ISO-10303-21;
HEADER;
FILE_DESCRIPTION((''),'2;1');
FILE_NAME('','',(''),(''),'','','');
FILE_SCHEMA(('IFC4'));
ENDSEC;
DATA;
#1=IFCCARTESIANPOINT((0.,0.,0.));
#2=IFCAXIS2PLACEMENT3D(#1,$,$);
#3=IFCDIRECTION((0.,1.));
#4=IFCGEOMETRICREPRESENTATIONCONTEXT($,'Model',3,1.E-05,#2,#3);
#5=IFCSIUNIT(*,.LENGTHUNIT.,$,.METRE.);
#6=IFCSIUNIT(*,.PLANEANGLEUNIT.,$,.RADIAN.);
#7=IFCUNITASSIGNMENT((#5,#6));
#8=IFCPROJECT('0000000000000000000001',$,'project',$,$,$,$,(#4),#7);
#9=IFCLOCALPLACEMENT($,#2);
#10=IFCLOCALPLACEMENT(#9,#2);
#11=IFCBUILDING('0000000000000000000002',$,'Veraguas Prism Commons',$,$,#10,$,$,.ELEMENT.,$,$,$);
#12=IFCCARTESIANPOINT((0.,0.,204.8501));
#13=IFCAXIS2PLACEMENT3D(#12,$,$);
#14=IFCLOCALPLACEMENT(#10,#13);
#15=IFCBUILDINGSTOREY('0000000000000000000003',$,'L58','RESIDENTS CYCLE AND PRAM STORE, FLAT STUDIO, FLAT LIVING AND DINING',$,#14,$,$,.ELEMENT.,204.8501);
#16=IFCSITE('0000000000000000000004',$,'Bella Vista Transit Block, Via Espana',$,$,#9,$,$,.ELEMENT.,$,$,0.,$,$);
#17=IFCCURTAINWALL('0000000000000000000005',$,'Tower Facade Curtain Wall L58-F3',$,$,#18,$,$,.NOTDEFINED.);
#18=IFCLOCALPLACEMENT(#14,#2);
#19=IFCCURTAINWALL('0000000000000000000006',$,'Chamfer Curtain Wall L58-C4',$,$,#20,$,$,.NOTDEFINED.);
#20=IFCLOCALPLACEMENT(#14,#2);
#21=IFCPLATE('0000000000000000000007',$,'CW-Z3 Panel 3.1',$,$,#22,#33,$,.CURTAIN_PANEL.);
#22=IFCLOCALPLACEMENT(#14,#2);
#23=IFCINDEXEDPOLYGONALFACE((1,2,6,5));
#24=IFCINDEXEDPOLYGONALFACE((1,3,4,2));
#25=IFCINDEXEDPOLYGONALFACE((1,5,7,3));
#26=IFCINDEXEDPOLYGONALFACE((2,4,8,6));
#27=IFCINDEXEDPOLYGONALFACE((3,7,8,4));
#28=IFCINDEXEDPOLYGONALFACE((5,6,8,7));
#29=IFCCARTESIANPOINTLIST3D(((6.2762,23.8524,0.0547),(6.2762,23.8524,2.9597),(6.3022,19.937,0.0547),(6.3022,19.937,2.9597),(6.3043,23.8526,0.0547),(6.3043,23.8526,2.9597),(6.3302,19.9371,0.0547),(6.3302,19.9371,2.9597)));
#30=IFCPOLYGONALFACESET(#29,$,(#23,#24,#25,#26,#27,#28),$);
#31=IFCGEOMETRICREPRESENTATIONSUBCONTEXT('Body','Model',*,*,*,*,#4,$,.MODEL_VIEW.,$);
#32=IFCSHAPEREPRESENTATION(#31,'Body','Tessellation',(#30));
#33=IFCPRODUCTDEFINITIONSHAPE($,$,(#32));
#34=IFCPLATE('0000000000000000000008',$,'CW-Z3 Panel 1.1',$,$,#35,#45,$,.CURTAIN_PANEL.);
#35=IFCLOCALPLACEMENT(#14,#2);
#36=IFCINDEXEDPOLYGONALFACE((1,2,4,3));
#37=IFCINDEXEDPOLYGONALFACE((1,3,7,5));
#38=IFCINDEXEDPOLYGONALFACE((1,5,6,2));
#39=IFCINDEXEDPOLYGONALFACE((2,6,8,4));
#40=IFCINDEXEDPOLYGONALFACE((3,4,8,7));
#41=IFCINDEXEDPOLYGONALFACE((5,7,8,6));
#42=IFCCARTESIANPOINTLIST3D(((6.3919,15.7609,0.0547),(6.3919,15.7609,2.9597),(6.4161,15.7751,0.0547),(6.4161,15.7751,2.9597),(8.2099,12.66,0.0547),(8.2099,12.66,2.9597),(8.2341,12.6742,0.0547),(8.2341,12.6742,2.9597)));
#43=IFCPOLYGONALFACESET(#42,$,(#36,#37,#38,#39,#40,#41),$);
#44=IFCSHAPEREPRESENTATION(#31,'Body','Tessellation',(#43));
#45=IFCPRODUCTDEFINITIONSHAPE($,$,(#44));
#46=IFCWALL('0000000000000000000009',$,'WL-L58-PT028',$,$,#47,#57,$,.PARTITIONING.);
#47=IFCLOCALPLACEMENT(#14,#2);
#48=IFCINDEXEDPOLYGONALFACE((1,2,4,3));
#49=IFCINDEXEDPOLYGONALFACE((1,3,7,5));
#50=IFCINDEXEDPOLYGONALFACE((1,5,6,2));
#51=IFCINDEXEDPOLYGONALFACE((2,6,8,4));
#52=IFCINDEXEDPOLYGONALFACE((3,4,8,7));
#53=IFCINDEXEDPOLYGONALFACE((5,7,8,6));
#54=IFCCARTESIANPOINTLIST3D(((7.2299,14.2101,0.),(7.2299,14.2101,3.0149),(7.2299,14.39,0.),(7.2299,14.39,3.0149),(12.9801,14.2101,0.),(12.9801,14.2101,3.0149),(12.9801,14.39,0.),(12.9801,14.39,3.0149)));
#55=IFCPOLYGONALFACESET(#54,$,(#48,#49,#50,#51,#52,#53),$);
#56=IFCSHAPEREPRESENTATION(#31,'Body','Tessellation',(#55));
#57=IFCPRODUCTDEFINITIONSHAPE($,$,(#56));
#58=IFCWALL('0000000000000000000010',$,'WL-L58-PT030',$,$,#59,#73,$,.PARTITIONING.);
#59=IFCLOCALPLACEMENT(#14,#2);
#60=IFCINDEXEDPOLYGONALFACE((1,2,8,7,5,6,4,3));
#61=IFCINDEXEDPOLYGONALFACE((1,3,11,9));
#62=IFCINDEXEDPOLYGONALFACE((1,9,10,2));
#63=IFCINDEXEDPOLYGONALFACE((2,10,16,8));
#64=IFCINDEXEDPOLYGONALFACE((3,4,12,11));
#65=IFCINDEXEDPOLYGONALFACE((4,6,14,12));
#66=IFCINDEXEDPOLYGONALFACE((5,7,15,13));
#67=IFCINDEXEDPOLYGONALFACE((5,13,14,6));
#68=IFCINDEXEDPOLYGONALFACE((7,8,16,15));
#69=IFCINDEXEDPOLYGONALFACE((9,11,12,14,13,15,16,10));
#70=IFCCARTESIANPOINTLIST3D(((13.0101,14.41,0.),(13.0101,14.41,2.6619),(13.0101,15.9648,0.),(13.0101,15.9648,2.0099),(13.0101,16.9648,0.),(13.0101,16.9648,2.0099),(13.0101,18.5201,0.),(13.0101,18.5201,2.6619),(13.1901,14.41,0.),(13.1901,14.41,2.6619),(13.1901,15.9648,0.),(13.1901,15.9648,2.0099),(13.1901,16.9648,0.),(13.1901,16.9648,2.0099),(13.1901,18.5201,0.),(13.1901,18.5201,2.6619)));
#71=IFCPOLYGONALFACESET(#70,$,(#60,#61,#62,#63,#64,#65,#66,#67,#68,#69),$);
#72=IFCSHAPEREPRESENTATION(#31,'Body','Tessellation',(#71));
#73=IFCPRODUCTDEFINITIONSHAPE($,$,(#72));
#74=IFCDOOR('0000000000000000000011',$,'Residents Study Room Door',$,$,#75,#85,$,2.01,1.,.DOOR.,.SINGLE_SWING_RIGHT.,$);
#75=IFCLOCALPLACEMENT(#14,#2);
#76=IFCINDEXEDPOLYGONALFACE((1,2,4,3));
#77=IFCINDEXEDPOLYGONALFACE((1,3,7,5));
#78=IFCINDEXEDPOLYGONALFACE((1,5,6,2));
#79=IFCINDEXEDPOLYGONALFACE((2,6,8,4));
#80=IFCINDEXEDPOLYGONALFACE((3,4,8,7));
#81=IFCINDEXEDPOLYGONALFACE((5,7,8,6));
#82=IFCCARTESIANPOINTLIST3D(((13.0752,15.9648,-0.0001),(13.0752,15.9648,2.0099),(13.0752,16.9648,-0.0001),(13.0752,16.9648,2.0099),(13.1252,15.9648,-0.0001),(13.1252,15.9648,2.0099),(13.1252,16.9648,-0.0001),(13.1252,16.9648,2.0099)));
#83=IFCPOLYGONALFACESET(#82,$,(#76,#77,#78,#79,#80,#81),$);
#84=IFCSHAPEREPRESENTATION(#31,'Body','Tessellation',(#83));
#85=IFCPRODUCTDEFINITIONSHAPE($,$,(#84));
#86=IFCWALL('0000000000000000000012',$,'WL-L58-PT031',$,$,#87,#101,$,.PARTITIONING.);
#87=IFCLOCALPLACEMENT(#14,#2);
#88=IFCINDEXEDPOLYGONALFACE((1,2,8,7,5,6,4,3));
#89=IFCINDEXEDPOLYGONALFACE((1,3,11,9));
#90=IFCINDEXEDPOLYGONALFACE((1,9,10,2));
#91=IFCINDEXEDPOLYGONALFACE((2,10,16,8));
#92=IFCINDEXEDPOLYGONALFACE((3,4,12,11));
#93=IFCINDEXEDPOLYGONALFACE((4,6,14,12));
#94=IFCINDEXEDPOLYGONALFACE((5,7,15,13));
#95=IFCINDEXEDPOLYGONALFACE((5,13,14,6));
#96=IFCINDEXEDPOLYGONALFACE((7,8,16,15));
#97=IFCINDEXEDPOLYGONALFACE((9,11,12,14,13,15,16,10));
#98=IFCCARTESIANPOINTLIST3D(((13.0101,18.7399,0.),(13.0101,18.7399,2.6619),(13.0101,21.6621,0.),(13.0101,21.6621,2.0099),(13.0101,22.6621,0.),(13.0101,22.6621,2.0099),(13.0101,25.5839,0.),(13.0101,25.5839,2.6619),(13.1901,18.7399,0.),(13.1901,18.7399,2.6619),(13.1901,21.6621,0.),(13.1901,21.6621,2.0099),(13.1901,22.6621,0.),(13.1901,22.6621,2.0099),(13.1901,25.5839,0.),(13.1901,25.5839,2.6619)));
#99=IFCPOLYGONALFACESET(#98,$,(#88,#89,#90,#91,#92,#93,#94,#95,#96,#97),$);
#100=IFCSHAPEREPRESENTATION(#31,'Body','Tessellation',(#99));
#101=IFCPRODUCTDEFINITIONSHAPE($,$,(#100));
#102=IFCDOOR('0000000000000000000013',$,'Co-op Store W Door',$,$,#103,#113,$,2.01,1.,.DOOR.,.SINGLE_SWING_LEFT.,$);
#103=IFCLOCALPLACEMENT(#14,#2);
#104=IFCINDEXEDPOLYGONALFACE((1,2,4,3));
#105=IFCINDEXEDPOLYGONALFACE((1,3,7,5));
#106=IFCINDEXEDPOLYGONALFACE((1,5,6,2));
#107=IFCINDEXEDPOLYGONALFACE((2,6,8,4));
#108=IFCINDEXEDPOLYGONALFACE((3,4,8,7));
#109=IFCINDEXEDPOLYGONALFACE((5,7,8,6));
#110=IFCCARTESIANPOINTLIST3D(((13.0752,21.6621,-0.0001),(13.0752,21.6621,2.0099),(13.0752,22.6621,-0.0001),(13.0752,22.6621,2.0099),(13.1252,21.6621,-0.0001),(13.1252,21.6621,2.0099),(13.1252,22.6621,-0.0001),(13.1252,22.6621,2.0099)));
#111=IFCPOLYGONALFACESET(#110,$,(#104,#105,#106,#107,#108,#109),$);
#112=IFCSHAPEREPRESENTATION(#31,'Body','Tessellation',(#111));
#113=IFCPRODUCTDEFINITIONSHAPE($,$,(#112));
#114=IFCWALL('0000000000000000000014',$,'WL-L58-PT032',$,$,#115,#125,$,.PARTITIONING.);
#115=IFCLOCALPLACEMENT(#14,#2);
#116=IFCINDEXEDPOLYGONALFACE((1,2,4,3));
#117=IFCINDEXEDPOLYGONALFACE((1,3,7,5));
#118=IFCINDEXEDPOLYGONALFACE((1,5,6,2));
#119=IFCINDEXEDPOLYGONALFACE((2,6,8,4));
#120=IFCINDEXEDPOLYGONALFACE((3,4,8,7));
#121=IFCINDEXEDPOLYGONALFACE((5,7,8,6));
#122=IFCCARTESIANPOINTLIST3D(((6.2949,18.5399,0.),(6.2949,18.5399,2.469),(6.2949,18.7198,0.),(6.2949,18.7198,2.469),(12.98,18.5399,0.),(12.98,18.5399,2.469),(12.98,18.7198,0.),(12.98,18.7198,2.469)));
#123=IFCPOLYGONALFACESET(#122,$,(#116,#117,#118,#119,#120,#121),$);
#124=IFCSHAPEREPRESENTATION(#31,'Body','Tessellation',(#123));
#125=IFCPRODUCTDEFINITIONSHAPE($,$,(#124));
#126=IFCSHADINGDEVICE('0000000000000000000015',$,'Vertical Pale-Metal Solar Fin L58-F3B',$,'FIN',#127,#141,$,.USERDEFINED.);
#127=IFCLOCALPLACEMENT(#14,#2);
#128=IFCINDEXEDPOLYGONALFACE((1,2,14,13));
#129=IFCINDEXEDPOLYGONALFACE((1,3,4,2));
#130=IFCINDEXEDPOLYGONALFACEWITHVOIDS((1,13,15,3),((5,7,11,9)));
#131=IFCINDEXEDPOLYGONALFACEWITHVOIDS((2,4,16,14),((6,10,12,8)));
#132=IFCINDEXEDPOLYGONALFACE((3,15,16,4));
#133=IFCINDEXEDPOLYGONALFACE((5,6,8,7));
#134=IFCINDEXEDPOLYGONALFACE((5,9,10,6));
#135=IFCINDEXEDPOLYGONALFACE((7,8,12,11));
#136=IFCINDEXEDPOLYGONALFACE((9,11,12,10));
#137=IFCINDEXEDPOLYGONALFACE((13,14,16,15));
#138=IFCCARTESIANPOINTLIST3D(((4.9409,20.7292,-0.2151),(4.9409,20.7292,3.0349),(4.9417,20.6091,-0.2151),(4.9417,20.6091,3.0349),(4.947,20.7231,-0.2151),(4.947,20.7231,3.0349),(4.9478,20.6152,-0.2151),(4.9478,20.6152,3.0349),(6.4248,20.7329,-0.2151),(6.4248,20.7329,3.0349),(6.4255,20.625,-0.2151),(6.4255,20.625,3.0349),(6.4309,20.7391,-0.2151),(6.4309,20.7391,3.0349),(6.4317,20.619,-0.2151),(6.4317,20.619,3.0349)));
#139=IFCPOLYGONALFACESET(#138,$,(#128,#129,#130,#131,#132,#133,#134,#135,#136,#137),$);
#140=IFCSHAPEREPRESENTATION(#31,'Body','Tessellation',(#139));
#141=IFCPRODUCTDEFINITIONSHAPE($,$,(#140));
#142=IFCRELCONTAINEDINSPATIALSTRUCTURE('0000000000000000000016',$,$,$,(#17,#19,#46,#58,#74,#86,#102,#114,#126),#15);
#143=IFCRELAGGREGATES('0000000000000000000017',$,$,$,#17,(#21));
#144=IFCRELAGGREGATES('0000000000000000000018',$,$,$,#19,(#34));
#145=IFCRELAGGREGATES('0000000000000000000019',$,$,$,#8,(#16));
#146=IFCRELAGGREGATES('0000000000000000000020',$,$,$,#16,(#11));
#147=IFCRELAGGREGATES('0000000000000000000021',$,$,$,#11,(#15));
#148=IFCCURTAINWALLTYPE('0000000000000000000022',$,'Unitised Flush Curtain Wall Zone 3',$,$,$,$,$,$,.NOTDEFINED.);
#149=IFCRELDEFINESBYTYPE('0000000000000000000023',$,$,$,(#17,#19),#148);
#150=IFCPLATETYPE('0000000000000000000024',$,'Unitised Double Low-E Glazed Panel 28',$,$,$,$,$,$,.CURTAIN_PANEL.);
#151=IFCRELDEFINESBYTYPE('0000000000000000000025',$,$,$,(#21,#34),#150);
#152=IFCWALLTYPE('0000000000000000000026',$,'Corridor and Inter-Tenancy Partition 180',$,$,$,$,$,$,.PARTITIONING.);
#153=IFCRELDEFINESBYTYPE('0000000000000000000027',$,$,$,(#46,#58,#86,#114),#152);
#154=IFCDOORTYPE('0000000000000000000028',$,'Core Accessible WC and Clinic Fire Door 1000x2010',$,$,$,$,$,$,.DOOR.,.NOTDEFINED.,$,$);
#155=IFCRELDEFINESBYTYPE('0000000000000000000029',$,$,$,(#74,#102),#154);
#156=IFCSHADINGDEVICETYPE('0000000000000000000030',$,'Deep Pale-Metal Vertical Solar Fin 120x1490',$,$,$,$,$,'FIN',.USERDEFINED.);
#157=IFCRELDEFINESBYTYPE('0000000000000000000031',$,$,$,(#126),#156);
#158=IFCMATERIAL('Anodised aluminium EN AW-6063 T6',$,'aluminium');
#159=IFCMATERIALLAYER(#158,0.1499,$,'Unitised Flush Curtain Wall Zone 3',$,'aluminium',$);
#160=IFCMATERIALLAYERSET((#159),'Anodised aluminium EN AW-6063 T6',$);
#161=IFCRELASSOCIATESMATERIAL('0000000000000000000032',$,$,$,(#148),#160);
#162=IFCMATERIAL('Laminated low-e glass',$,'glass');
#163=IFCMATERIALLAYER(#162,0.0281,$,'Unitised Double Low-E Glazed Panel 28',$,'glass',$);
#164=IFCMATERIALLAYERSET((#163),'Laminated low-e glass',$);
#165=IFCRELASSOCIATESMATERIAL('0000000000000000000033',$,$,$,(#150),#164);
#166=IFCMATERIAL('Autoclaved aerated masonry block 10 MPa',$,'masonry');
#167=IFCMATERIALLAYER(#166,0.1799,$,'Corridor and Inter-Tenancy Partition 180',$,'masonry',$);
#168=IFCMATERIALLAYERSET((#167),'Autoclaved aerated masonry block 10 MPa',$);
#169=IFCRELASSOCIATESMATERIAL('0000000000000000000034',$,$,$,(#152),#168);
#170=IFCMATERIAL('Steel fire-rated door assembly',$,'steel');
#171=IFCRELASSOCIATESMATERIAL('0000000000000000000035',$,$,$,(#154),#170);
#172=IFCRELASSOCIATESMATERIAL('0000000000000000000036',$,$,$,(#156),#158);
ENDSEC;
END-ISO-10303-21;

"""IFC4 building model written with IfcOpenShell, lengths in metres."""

from ifc_helpers import new_model, si_unit, direction, frame, frame_2d, origin, origin_2d, place, context, subcontext, project, spatial, rectangle, hollow_rectangle, extrude, source, transform, mapped, material, layer, layer_set, material_profile, profile_set, type_object, element, fill, aggregate, save


model = new_model("IFC4")

# Units and contexts
model_context = context("Model", 3, precision=1e-05, world=origin(), true_north=direction((0.0, 1.0)))
body_context = subcontext(model_context, "Body", "Model", "MODEL_VIEW")
ifc_project = project(units=[si_unit("LENGTHUNIT", "METRE"), si_unit("PLANEANGLEUNIT", "RADIAN")], contexts=[model_context])

# Site, building, storey
site_placement = place(None, origin())
site = spatial("IfcSite", under=ifc_project, at=site_placement, Name="Bella Vista Transit Block, Via Espana", CompositionType="ELEMENT", RefElevation=0.0)
building_placement = place(site_placement, origin())
building = spatial("IfcBuilding", under=site, at=building_placement, Name="Veraguas Prism Commons", CompositionType="ELEMENT")
storey_placement = place(building_placement, frame((0.0, 0.0, 204.8501)))
storey = spatial("IfcBuildingStorey", under=building, at=storey_placement, Name="L58", Description="RESIDENTS CYCLE AND PRAM STORE, FLAT STUDIO, FLAT LIVING AND DINING", CompositionType="ELEMENT", Elevation=204.8501)

# Curtain walls
ifc_material_1 = material(Name="Anodised aluminium EN AW-6063 T6", Category="aluminium")
ifc_layer_1 = layer(ifc_material_1, 0.1499, Name="Unitised Flush Curtain Wall Zone 3", Category="aluminium")
ifc_layer_set_1 = layer_set([ifc_layer_1], Name="Anodised aluminium EN AW-6063 T6")
curtain_wall_type = type_object("IfcCurtainWallType", Name="Unitised Flush Curtain Wall Zone 3", PredefinedType="NOTDEFINED", material=ifc_layer_set_1)
curtain_wall_1_placement = place(storey_placement, origin())
curtain_wall_1 = element("IfcCurtainWall", 1, at=curtain_wall_1_placement, inside=storey, type_object=curtain_wall_type, Name="Tower Facade Curtain Wall L58-F3", PredefinedType="NOTDEFINED")
curtain_wall_2_placement = place(storey_placement, origin())
curtain_wall_2 = element("IfcCurtainWall", 2, at=curtain_wall_2_placement, inside=storey, type_object=curtain_wall_type, Name="Chamfer Curtain Wall L58-C4", PredefinedType="NOTDEFINED")

# Plates
ifc_material_2 = material(Name="Laminated low-e glass", Category="glass")
ifc_layer_2 = layer(ifc_material_2, 0.0281, Name="Unitised Double Low-E Glazed Panel 28", Category="glass")
ifc_layer_set_2 = layer_set([ifc_layer_2], Name="Laminated low-e glass")
plate_type = type_object("IfcPlateType", Name="Unitised Double Low-E Glazed Panel 28", PredefinedType="CURTAIN_PANEL", material=ifc_layer_set_2)
shared_shape_1 = source(origin(), body_context, "Body", "SweptSolid", [
    extrude(rectangle(XDim=3.9155, YDim=0.0281, at=origin_2d()), origin(), (0.0, 0.0, 1.0), 2.905),
])
plate_1_placement = place(storey_placement, frame((6.3032, 21.8948, 0.0547), z_axis=(0.0, 0.0, 1.0), x_axis=(0.006634, -0.999978, 0.0)))
plate_1 = element("IfcPlate", 3, at=plate_1_placement, type_object=plate_type, Name="CW-Z3 Panel 3.1", PredefinedType="CURTAIN_PANEL", context=body_context, shape_type="MappedRepresentation", body=[
    mapped(shared_shape_1, transform((0.0, 0.0, 0.0), scale=1.0)),
])
aggregate(curtain_wall_1, [plate_1])
shared_shape_2 = source(origin(), body_context, "Body", "SweptSolid", [
    extrude(rectangle(XDim=3.5945, YDim=0.0281, at=origin_2d()), origin(), (0.0, 0.0, 1.0), 2.905),
])
plate_2_placement = place(storey_placement, frame((7.313, 14.2175, 0.0547), z_axis=(0.0, 0.0, 1.0), x_axis=(0.505763, -0.862673, 0.0)))
plate_2 = element("IfcPlate", 4, at=plate_2_placement, type_object=plate_type, Name="CW-Z3 Panel 1.1", PredefinedType="CURTAIN_PANEL", context=body_context, shape_type="MappedRepresentation", body=[
    mapped(shared_shape_2, transform((0.0, 0.0, 0.0), scale=1.0)),
])
aggregate(curtain_wall_2, [plate_2])

# Wall
ifc_material_3 = material(Name="Autoclaved aerated masonry block 10 MPa", Category="masonry")
ifc_layer_3 = layer(ifc_material_3, 0.1799, Name="Corridor and Inter-Tenancy Partition 180", Category="masonry")
ifc_layer_set_3 = layer_set([ifc_layer_3], Name="Autoclaved aerated masonry block 10 MPa")
wall_type = type_object("IfcWallType", Name="Corridor and Inter-Tenancy Partition 180", PredefinedType="PARTITIONING", material=ifc_layer_set_3)
wall_1_placement = place(storey_placement, frame((12.98, 14.3, 0.0), z_axis=(0.0, 0.0, 1.0), x_axis=(-1.0, 0.0, 0.0)))
element("IfcWall", 5, at=wall_1_placement, inside=storey, type_object=wall_type, Name="WL-L58-PT028", PredefinedType="PARTITIONING", context=body_context, shape_type="SweptSolid", body=[
    extrude(rectangle(XDim=5.7502, YDim=0.1799, at=frame_2d((2.875, 0.0))), origin(), (0.0, 0.0, 1.0), 3.0149),
])

# Walls, openings, doors
wall_2_placement = place(storey_placement, frame((13.1001, 14.4099, 0.0), z_axis=(0.0, 0.0, 1.0), x_axis=(0.0, 1.0, 0.0)))
wall_2 = element("IfcWall", 6, at=wall_2_placement, inside=storey, type_object=wall_type, Name="WL-L58-PT030", PredefinedType="PARTITIONING", context=body_context, shape_type="SweptSolid", body=[
    extrude(rectangle(XDim=4.1101, YDim=0.1799, at=frame_2d((2.0552, 0.0))), origin(), (0.0, 0.0, 1.0), 2.6619),
])
opening_1_placement = place(wall_2_placement, frame((1.5549, 0.0, 0.0)))
opening_1 = element("IfcOpeningElement", 7, at=opening_1_placement, cuts=wall_2, PredefinedType="OPENING", context=body_context, shape_type="SweptSolid", body=[
    extrude(rectangle(XDim=1.0, YDim=2.01, at=frame_2d((0.5, 1.0049))), frame((0.0, 0.0999, 0.0), z_axis=(0.0, -1.0, 0.0), x_axis=(1.0, 0.0, 0.0)), (0.0, 0.0, 1.0), 0.2),
])
ifc_material_4 = material(Name="Steel fire-rated door assembly", Category="steel")
door_type = type_object("IfcDoorType", Name="Core Accessible WC and Clinic Fire Door 1000x2010", OperationType="NOTDEFINED", PredefinedType="DOOR", material=ifc_material_4)
shared_shape_3 = source(origin(), body_context, "Body", "SweptSolid", [
    extrude(rectangle(XDim=1.0, YDim=2.01, at=frame_2d((0.5, 1.0049))), frame((0.0, 0.0249, 0.0), z_axis=(0.0, -1.0, 0.0), x_axis=(1.0, 0.0, 0.0)), (0.0, 0.0, 1.0), 0.05),
])
door_1_placement = place(opening_1_placement, origin())
door_1 = element("IfcDoor", 8, at=door_1_placement, inside=storey, type_object=door_type, Name="Residents Study Room Door", OperationType="SINGLE_SWING_RIGHT", OverallHeight=2.01, OverallWidth=1.0, PredefinedType="DOOR", context=body_context, shape_type="MappedRepresentation", body=[
    mapped(shared_shape_3, transform((0.0, 0.0, 0.0), scale=1.0)),
])
fill(opening_1, door_1)
wall_3_placement = place(storey_placement, frame((13.1001, 18.74, 0.0), z_axis=(0.0, 0.0, 1.0), x_axis=(0.0, 1.0, 0.0)))
wall_3 = element("IfcWall", 9, at=wall_3_placement, inside=storey, type_object=wall_type, Name="WL-L58-PT031", PredefinedType="PARTITIONING", context=body_context, shape_type="SweptSolid", body=[
    extrude(rectangle(XDim=6.844, YDim=0.1799, at=frame_2d((3.4219, 0.0))), origin(), (0.0, 0.0, 1.0), 2.6619),
])
opening_2_placement = place(wall_3_placement, frame((2.9221, 0.0, 0.0)))
opening_2 = element("IfcOpeningElement", 10, at=opening_2_placement, cuts=wall_3, PredefinedType="OPENING", context=body_context, shape_type="SweptSolid", body=[
    extrude(rectangle(XDim=1.0, YDim=2.01, at=frame_2d((0.5, 1.0049))), frame((0.0, 0.0999, 0.0), z_axis=(0.0, -1.0, 0.0), x_axis=(1.0, 0.0, 0.0)), (0.0, 0.0, 1.0), 0.2),
])
door_2_placement = place(opening_2_placement, origin())
door_2 = element("IfcDoor", 11, at=door_2_placement, inside=storey, type_object=door_type, Name="Co-op Store W Door", OperationType="SINGLE_SWING_LEFT", OverallHeight=2.01, OverallWidth=1.0, PredefinedType="DOOR", context=body_context, shape_type="MappedRepresentation", body=[
    mapped(shared_shape_3, transform((0.0, 0.0, 0.0), scale=1.0)),
])
fill(opening_2, door_2)

# Wall
wall_4_placement = place(storey_placement, frame((12.98, 18.6299, 0.0), z_axis=(0.0, 0.0, 1.0), x_axis=(-1.0, 0.0, 0.0)))
element("IfcWall", 12, at=wall_4_placement, inside=storey, type_object=wall_type, Name="WL-L58-PT032", PredefinedType="PARTITIONING", context=body_context, shape_type="SweptSolid", body=[
    extrude(rectangle(XDim=6.6851, YDim=0.1799, at=frame_2d((3.3425, 0.0))), origin(), (0.0, 0.0, 1.0), 2.469),
])

# Shading device
ifc_material_profile_1 = material_profile(ifc_material_1, hollow_rectangle(XDim=0.1201, YDim=1.49, WallThickness=0.0061, at=origin_2d()), Name="FIN120X1490X6")
ifc_profile_set_1 = profile_set([ifc_material_profile_1], Name="Anodised aluminium EN AW-6063 T6")
shading_device_type = type_object("IfcShadingDeviceType", Name="Deep Pale-Metal Vertical Solar Fin 120x1490", ElementType="FIN", PredefinedType="USERDEFINED", material=ifc_profile_set_1)
shading_device_placement = place(storey_placement, frame((5.6863, 20.6741, -0.2151), z_axis=(0.0, 0.0, 1.0), x_axis=(0.006634, -0.999978, 0.0)))
element("IfcShadingDevice", 13, at=shading_device_placement, inside=storey, type_object=shading_device_type, Name="Vertical Pale-Metal Solar Fin L58-F3B", ObjectType="FIN", PredefinedType="USERDEFINED", context=body_context, shape_type="SweptSolid", body=[
    extrude(hollow_rectangle(XDim=0.1201, YDim=1.49, WallThickness=0.0061, at=origin_2d()), origin(), (0.0, 0.0, 1.0), 3.25),
])

save(model, "model.ifc")
